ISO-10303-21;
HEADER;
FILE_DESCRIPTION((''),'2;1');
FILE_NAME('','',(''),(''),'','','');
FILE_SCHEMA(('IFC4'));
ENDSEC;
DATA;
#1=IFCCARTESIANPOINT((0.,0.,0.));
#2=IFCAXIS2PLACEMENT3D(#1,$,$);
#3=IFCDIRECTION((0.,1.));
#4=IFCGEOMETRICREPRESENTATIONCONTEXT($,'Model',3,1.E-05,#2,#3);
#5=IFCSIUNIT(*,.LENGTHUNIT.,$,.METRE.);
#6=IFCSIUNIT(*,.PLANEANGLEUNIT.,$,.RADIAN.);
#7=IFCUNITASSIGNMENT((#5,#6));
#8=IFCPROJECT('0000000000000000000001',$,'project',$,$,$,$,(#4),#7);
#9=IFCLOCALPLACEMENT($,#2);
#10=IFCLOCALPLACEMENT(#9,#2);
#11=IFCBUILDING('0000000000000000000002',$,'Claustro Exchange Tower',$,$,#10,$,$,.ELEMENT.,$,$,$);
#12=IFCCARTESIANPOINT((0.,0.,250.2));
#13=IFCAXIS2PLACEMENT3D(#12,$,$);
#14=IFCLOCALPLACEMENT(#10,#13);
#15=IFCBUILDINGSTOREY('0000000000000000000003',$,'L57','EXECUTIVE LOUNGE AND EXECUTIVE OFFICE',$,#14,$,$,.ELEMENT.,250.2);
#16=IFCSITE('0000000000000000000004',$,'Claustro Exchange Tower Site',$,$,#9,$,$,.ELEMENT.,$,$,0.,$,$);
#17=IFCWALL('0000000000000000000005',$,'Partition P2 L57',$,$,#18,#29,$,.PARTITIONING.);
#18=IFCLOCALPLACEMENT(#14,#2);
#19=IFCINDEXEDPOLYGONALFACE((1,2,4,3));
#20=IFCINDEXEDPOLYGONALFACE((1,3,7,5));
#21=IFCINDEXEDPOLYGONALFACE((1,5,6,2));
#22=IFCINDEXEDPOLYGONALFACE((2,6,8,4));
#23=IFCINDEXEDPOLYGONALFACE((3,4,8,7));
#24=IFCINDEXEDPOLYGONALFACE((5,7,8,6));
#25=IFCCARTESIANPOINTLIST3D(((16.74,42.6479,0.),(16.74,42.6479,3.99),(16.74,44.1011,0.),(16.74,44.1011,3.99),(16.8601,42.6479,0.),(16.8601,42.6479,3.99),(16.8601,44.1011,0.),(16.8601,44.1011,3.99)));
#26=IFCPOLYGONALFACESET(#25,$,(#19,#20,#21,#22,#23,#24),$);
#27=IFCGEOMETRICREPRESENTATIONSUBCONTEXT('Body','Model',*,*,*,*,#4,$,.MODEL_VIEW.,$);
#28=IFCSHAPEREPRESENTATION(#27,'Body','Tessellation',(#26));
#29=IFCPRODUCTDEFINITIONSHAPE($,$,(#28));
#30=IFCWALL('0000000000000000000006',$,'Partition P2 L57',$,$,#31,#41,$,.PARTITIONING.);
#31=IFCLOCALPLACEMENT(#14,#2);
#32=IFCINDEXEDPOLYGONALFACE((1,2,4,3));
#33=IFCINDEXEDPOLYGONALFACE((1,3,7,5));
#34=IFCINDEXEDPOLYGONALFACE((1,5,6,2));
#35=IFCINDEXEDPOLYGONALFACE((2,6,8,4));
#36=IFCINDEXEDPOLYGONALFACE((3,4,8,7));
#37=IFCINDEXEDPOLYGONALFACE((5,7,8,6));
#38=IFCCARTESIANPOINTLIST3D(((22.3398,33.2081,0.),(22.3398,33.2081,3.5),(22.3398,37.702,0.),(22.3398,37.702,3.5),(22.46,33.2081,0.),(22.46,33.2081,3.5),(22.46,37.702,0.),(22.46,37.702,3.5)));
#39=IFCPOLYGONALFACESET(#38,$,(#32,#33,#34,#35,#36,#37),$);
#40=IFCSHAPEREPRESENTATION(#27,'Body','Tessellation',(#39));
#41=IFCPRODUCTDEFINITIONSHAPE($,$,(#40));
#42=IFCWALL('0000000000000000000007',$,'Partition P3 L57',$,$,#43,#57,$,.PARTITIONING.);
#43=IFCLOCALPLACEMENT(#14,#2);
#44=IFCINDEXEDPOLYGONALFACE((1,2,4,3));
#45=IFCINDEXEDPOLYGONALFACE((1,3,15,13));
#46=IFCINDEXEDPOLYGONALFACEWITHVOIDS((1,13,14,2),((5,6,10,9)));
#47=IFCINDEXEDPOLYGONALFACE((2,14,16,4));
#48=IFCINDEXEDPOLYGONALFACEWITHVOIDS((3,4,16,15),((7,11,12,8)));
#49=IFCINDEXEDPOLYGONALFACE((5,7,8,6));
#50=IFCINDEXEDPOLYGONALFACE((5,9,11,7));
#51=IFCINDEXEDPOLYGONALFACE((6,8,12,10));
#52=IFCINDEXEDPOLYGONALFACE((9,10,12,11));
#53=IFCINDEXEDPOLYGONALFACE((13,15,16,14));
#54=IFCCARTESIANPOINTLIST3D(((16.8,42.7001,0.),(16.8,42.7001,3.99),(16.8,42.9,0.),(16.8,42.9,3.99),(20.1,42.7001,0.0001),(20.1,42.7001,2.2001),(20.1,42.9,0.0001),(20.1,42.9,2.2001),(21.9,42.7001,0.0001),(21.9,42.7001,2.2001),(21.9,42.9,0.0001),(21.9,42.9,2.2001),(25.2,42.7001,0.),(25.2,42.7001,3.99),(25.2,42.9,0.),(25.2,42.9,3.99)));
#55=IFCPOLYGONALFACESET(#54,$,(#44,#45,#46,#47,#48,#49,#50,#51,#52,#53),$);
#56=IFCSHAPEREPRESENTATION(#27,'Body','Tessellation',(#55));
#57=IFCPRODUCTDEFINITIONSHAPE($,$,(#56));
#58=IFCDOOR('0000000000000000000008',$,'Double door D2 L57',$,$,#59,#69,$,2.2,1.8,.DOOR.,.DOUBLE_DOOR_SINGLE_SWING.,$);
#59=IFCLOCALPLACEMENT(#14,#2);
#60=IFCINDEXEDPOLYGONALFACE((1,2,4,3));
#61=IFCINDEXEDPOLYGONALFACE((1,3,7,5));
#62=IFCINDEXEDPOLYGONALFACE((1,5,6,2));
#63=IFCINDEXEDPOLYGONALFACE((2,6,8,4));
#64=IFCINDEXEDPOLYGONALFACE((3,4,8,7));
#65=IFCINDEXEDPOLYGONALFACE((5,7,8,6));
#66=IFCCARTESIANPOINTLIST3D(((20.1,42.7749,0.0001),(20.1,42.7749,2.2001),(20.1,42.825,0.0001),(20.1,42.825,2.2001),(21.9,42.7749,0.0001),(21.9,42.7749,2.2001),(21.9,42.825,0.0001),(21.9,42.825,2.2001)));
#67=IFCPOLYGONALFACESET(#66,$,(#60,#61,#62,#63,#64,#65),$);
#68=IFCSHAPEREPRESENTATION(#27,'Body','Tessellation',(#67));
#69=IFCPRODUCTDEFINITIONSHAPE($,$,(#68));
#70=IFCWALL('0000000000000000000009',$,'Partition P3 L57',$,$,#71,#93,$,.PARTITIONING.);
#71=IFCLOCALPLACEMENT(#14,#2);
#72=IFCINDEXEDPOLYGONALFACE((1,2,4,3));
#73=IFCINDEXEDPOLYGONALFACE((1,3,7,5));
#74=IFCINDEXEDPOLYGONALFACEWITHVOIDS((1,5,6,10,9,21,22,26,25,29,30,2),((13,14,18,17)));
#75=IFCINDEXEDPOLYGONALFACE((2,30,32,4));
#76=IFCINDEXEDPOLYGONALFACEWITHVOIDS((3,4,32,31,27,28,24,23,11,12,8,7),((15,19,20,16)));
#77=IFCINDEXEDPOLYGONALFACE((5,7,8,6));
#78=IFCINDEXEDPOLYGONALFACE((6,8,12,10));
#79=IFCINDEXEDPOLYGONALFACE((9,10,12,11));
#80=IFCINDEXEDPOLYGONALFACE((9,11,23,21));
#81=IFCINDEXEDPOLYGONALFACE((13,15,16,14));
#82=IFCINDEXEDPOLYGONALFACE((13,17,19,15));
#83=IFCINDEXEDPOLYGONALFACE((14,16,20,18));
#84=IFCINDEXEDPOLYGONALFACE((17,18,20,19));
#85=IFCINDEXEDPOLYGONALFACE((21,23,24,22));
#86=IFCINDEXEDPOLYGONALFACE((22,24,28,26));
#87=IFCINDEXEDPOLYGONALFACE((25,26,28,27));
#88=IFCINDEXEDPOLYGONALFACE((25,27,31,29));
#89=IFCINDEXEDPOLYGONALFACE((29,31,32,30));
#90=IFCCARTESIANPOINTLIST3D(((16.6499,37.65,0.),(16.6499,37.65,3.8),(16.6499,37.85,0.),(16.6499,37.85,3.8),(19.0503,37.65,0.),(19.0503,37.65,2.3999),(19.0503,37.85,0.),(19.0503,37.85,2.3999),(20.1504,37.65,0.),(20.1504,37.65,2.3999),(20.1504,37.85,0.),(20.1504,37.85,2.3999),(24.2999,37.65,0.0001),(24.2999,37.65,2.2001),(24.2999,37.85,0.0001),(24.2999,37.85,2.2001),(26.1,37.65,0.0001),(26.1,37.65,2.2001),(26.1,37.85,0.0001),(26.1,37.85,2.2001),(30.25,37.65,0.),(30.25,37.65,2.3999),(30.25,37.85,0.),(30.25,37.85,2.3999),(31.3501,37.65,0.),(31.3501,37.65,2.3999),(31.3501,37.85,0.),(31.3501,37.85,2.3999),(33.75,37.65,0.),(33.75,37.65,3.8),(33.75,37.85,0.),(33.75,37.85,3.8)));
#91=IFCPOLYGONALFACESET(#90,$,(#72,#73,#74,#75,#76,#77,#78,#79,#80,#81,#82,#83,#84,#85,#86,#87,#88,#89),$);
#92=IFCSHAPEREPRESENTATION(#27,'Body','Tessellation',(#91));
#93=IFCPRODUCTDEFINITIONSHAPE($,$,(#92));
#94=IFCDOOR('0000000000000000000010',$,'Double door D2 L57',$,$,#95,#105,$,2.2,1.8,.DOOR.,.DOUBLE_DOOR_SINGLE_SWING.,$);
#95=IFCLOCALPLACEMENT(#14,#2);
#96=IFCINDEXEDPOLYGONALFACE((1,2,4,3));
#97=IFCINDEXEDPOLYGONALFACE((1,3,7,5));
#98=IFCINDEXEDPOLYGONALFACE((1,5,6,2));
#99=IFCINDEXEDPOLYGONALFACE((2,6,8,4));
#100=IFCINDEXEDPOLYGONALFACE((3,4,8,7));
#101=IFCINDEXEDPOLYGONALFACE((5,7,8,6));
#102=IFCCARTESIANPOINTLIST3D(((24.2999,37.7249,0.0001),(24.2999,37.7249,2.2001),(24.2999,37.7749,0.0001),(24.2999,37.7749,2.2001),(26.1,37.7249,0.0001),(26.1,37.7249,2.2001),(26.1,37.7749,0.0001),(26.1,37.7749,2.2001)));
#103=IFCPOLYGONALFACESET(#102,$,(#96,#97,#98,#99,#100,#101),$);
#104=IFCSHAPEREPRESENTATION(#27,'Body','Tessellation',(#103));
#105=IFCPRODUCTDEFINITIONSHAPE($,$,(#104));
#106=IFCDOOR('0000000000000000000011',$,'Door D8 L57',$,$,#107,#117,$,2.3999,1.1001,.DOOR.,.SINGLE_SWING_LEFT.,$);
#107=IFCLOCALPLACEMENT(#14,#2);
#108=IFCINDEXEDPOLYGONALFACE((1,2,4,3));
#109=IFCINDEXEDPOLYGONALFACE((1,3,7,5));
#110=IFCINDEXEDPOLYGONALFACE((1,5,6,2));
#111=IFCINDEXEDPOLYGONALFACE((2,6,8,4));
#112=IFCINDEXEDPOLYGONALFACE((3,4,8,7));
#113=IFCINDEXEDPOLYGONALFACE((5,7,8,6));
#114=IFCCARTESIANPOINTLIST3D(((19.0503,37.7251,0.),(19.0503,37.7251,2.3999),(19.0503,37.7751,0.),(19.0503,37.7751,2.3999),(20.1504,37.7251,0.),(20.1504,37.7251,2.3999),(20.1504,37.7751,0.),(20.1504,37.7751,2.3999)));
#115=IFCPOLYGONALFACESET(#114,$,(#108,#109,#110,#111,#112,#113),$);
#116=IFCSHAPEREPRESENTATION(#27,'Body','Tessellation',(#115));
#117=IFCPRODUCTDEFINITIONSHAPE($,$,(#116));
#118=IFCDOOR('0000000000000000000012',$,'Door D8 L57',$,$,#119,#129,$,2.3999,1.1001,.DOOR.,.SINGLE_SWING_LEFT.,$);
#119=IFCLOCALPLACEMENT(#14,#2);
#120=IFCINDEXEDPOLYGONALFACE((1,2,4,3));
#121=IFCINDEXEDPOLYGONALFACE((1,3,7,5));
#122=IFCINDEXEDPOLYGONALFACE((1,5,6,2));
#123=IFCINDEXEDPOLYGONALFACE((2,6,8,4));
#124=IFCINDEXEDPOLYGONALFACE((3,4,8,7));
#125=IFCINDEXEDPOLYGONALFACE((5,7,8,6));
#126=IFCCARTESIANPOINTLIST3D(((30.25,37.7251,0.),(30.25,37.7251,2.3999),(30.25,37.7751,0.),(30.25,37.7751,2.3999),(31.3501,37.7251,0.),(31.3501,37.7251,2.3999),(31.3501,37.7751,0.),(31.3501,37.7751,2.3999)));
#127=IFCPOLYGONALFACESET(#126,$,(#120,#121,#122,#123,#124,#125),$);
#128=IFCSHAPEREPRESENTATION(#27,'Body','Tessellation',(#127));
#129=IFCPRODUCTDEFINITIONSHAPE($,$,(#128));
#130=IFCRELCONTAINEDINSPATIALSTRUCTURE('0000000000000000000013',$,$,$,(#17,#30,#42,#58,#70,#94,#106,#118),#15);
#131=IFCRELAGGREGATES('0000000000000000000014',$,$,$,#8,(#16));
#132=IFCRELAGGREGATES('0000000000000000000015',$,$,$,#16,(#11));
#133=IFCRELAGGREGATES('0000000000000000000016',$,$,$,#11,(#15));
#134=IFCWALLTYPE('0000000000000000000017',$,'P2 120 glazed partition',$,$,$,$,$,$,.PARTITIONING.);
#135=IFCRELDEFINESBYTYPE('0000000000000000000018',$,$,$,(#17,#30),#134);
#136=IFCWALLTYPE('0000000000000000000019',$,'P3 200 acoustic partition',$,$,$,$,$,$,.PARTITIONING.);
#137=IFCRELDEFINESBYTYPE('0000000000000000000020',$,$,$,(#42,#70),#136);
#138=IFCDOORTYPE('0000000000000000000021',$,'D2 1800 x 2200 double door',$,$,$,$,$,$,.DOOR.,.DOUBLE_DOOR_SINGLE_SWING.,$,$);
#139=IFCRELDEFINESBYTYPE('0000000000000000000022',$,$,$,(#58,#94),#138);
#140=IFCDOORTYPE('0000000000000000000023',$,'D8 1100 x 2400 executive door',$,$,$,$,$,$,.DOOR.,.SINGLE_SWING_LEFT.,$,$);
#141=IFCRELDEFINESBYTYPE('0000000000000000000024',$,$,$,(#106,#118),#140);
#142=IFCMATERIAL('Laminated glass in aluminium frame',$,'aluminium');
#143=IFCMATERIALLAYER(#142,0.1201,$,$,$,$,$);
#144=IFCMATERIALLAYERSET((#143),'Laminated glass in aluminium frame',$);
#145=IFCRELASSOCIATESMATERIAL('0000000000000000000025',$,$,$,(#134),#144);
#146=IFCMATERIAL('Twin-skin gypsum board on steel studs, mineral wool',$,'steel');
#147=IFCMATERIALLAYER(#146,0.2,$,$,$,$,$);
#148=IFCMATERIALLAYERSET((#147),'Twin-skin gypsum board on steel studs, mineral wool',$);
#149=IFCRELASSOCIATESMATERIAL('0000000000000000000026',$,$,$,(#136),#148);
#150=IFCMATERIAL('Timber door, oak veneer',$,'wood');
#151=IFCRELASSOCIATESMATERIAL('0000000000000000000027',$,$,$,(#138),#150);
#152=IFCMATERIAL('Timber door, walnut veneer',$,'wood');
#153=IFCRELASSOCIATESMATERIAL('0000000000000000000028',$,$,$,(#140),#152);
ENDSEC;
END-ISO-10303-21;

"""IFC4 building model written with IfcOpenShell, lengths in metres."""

from ifc_helpers import new_model, si_unit, direction, frame, frame_2d, origin, place, context, subcontext, project, spatial, rectangle, extrude, material, layer, layer_set, type_object, element, fill, save


model = new_model("IFC4")

# Units and contexts
model_context = context("Model", 3, precision=1e-05, world=origin(), true_north=direction((0.0, 1.0)))
body_context = subcontext(model_context, "Body", "Model", "MODEL_VIEW")
ifc_project = project(units=[si_unit("LENGTHUNIT", "METRE"), si_unit("PLANEANGLEUNIT", "RADIAN")], contexts=[model_context])

# Site, building, storey
site_placement = place(None, origin())
site = spatial("IfcSite", under=ifc_project, at=site_placement, Name="Claustro Exchange Tower Site", CompositionType="ELEMENT", RefElevation=0.0)
building_placement = place(site_placement, origin())
building = spatial("IfcBuilding", under=site, at=building_placement, Name="Claustro Exchange Tower", CompositionType="ELEMENT")
storey_placement = place(building_placement, frame((0.0, 0.0, 250.2)))
storey = spatial("IfcBuildingStorey", under=building, at=storey_placement, Name="L57", Description="EXECUTIVE LOUNGE AND EXECUTIVE OFFICE", CompositionType="ELEMENT", Elevation=250.2)

# Walls
ifc_material_1 = material(Name="Laminated glass in aluminium frame", Category="aluminium")
ifc_layer_1 = layer(ifc_material_1, 0.1201)
ifc_layer_set_1 = layer_set([ifc_layer_1], Name="Laminated glass in aluminium frame")
wall_type_1 = type_object("IfcWallType", Name="P2 120 glazed partition", PredefinedType="PARTITIONING", material=ifc_layer_set_1)
wall_1_placement = place(storey_placement, frame((16.8, 42.6479, 0.0), z_axis=(0.0, 0.0, 1.0), x_axis=(0.0, 1.0, 0.0)))
element("IfcWall", 1, at=wall_1_placement, inside=storey, type_object=wall_type_1, Name="Partition P2 L57", PredefinedType="PARTITIONING", context=body_context, shape_type="SweptSolid", body=[
    extrude(rectangle(XDim=1.4531, YDim=0.1201, at=frame_2d((0.7266, 0.0))), origin(), (0.0, 0.0, 1.0), 3.99),
])
wall_2_placement = place(storey_placement, frame((22.3999, 33.208, 0.0), z_axis=(0.0, 0.0, 1.0), x_axis=(0.0, 1.0, 0.0)))
element("IfcWall", 2, at=wall_2_placement, inside=storey, type_object=wall_type_1, Name="Partition P2 L57", PredefinedType="PARTITIONING", context=body_context, shape_type="SweptSolid", body=[
    extrude(rectangle(XDim=4.4939, YDim=0.1201, at=frame_2d((2.2471, 0.0))), origin(), (0.0, 0.0, 1.0), 3.5),
])

# Wall, opening, door
ifc_material_2 = material(Name="Twin-skin gypsum board on steel studs, mineral wool", Category="steel")
ifc_layer_2 = layer(ifc_material_2, 0.2)
ifc_layer_set_2 = layer_set([ifc_layer_2], Name="Twin-skin gypsum board on steel studs, mineral wool")
wall_type_2 = type_object("IfcWallType", Name="P3 200 acoustic partition", PredefinedType="PARTITIONING", material=ifc_layer_set_2)
wall_3_placement = place(storey_placement, frame((16.8, 42.8, 0.0), z_axis=(0.0, 0.0, 1.0), x_axis=(1.0, 0.0, 0.0)))
wall_3 = element("IfcWall", 3, at=wall_3_placement, inside=storey, type_object=wall_type_2, Name="Partition P3 L57", PredefinedType="PARTITIONING", context=body_context, shape_type="SweptSolid", body=[
    extrude(rectangle(XDim=8.3999, YDim=0.2, at=frame_2d((4.2, 0.0))), origin(), (0.0, 0.0, 1.0), 3.99),
])
opening_1_placement = place(wall_3_placement, frame((3.3, 0.0, 0.0)))
opening_1 = element("IfcOpeningElement", 4, at=opening_1_placement, cuts=wall_3, PredefinedType="OPENING", context=body_context, shape_type="SweptSolid", body=[
    extrude(rectangle(XDim=1.8, YDim=2.2, at=frame_2d((0.8999, 1.1001))), frame((0.0, 0.1099, 0.0), z_axis=(0.0, -1.0, 0.0), x_axis=(1.0, 0.0, 0.0)), (0.0, 0.0, 1.0), 0.22),
])
ifc_material_3 = material(Name="Timber door, oak veneer", Category="wood")
door_type_1 = type_object("IfcDoorType", Name="D2 1800 x 2200 double door", OperationType="DOUBLE_DOOR_SINGLE_SWING", PredefinedType="DOOR", material=ifc_material_3)
door_1_placement = place(opening_1_placement, origin())
door_1 = element("IfcDoor", 5, at=door_1_placement, inside=storey, type_object=door_type_1, Name="Double door D2 L57", OperationType="DOUBLE_DOOR_SINGLE_SWING", OverallHeight=2.2, OverallWidth=1.8, PredefinedType="DOOR", context=body_context, shape_type="SweptSolid", body=[
    extrude(rectangle(XDim=1.8, YDim=2.2, at=frame_2d((0.8999, 1.1001))), frame((0.0, 0.0249, 0.0), z_axis=(0.0, -1.0, 0.0), x_axis=(1.0, 0.0, 0.0)), (0.0, 0.0, 1.0), 0.05),
])
fill(opening_1, door_1)

# Wall, openings, doors
wall_4_placement = place(storey_placement, frame((16.6499, 37.75, 0.0), z_axis=(0.0, 0.0, 1.0), x_axis=(1.0, 0.0, 0.0)))
wall_4 = element("IfcWall", 6, at=wall_4_placement, inside=storey, type_object=wall_type_2, Name="Partition P3 L57", PredefinedType="PARTITIONING", context=body_context, shape_type="SweptSolid", body=[
    extrude(rectangle(XDim=17.1001, YDim=0.2, at=frame_2d((8.55, 0.0))), origin(), (0.0, 0.0, 1.0), 3.8),
])
opening_2_placement = place(wall_4_placement, frame((2.4004, 0.0, 0.0)))
opening_2 = element("IfcOpeningElement", 7, at=opening_2_placement, cuts=wall_4, PredefinedType="OPENING", context=body_context, shape_type="SweptSolid", body=[
    extrude(rectangle(XDim=1.1001, YDim=2.3999, at=frame_2d((0.55, 1.2))), frame((0.0, 0.1099, 0.0), z_axis=(0.0, -1.0, 0.0), x_axis=(1.0, 0.0, 0.0)), (0.0, 0.0, 1.0), 0.22),
])
opening_3_placement = place(wall_4_placement, frame((7.6501, 0.0, 0.0)))
opening_3 = element("IfcOpeningElement", 8, at=opening_3_placement, cuts=wall_4, PredefinedType="OPENING", context=body_context, shape_type="SweptSolid", body=[
    extrude(rectangle(XDim=1.8, YDim=2.2, at=frame_2d((0.8999, 1.1001))), frame((0.0, 0.1099, 0.0), z_axis=(0.0, -1.0, 0.0), x_axis=(1.0, 0.0, 0.0)), (0.0, 0.0, 1.0), 0.22),
])
opening_4_placement = place(wall_4_placement, frame((13.6001, 0.0, 0.0)))
opening_4 = element("IfcOpeningElement", 9, at=opening_4_placement, cuts=wall_4, PredefinedType="OPENING", context=body_context, shape_type="SweptSolid", body=[
    extrude(rectangle(XDim=1.1001, YDim=2.3999, at=frame_2d((0.55, 1.2))), frame((0.0, 0.1099, 0.0), z_axis=(0.0, -1.0, 0.0), x_axis=(1.0, 0.0, 0.0)), (0.0, 0.0, 1.0), 0.22),
])
door_2_placement = place(opening_3_placement, origin())
door_2 = element("IfcDoor", 10, at=door_2_placement, inside=storey, type_object=door_type_1, Name="Double door D2 L57", OperationType="DOUBLE_DOOR_SINGLE_SWING", OverallHeight=2.2, OverallWidth=1.8, PredefinedType="DOOR", context=body_context, shape_type="SweptSolid", body=[
    extrude(rectangle(XDim=1.8, YDim=2.2, at=frame_2d((0.8999, 1.1001))), frame((0.0, 0.0249, 0.0), z_axis=(0.0, -1.0, 0.0), x_axis=(1.0, 0.0, 0.0)), (0.0, 0.0, 1.0), 0.05),
])
fill(opening_3, door_2)
ifc_material_4 = material(Name="Timber door, walnut veneer", Category="wood")
door_type_2 = type_object("IfcDoorType", Name="D8 1100 x 2400 executive door", OperationType="SINGLE_SWING_LEFT", PredefinedType="DOOR", material=ifc_material_4)
door_3_placement = place(opening_2_placement, frame((1.1001, 0.0, 0.0), z_axis=(0.0, 0.0, 1.0), x_axis=(-1.0, 0.0, 0.0)))
door_3 = element("IfcDoor", 11, at=door_3_placement, inside=storey, type_object=door_type_2, Name="Door D8 L57", OperationType="SINGLE_SWING_LEFT", OverallHeight=2.3999, OverallWidth=1.1001, PredefinedType="DOOR", context=body_context, shape_type="SweptSolid", body=[
    extrude(rectangle(XDim=1.1001, YDim=2.3999, at=frame_2d((0.55, 1.2))), frame((0.0, 0.0249, 0.0), z_axis=(0.0, -1.0, 0.0), x_axis=(1.0, 0.0, 0.0)), (0.0, 0.0, 1.0), 0.05),
])
fill(opening_2, door_3)
door_4_placement = place(opening_4_placement, frame((1.1001, 0.0, 0.0), z_axis=(0.0, 0.0, 1.0), x_axis=(-1.0, 0.0, 0.0)))
door_4 = element("IfcDoor", 12, at=door_4_placement, inside=storey, type_object=door_type_2, Name="Door D8 L57", OperationType="SINGLE_SWING_LEFT", OverallHeight=2.3999, OverallWidth=1.1001, PredefinedType="DOOR", context=body_context, shape_type="SweptSolid", body=[
    extrude(rectangle(XDim=1.1001, YDim=2.3999, at=frame_2d((0.55, 1.2))), frame((0.0, 0.0249, 0.0), z_axis=(0.0, -1.0, 0.0), x_axis=(1.0, 0.0, 0.0)), (0.0, 0.0, 1.0), 0.05),
])
fill(opening_4, door_4)

save(model, "model.ifc")
